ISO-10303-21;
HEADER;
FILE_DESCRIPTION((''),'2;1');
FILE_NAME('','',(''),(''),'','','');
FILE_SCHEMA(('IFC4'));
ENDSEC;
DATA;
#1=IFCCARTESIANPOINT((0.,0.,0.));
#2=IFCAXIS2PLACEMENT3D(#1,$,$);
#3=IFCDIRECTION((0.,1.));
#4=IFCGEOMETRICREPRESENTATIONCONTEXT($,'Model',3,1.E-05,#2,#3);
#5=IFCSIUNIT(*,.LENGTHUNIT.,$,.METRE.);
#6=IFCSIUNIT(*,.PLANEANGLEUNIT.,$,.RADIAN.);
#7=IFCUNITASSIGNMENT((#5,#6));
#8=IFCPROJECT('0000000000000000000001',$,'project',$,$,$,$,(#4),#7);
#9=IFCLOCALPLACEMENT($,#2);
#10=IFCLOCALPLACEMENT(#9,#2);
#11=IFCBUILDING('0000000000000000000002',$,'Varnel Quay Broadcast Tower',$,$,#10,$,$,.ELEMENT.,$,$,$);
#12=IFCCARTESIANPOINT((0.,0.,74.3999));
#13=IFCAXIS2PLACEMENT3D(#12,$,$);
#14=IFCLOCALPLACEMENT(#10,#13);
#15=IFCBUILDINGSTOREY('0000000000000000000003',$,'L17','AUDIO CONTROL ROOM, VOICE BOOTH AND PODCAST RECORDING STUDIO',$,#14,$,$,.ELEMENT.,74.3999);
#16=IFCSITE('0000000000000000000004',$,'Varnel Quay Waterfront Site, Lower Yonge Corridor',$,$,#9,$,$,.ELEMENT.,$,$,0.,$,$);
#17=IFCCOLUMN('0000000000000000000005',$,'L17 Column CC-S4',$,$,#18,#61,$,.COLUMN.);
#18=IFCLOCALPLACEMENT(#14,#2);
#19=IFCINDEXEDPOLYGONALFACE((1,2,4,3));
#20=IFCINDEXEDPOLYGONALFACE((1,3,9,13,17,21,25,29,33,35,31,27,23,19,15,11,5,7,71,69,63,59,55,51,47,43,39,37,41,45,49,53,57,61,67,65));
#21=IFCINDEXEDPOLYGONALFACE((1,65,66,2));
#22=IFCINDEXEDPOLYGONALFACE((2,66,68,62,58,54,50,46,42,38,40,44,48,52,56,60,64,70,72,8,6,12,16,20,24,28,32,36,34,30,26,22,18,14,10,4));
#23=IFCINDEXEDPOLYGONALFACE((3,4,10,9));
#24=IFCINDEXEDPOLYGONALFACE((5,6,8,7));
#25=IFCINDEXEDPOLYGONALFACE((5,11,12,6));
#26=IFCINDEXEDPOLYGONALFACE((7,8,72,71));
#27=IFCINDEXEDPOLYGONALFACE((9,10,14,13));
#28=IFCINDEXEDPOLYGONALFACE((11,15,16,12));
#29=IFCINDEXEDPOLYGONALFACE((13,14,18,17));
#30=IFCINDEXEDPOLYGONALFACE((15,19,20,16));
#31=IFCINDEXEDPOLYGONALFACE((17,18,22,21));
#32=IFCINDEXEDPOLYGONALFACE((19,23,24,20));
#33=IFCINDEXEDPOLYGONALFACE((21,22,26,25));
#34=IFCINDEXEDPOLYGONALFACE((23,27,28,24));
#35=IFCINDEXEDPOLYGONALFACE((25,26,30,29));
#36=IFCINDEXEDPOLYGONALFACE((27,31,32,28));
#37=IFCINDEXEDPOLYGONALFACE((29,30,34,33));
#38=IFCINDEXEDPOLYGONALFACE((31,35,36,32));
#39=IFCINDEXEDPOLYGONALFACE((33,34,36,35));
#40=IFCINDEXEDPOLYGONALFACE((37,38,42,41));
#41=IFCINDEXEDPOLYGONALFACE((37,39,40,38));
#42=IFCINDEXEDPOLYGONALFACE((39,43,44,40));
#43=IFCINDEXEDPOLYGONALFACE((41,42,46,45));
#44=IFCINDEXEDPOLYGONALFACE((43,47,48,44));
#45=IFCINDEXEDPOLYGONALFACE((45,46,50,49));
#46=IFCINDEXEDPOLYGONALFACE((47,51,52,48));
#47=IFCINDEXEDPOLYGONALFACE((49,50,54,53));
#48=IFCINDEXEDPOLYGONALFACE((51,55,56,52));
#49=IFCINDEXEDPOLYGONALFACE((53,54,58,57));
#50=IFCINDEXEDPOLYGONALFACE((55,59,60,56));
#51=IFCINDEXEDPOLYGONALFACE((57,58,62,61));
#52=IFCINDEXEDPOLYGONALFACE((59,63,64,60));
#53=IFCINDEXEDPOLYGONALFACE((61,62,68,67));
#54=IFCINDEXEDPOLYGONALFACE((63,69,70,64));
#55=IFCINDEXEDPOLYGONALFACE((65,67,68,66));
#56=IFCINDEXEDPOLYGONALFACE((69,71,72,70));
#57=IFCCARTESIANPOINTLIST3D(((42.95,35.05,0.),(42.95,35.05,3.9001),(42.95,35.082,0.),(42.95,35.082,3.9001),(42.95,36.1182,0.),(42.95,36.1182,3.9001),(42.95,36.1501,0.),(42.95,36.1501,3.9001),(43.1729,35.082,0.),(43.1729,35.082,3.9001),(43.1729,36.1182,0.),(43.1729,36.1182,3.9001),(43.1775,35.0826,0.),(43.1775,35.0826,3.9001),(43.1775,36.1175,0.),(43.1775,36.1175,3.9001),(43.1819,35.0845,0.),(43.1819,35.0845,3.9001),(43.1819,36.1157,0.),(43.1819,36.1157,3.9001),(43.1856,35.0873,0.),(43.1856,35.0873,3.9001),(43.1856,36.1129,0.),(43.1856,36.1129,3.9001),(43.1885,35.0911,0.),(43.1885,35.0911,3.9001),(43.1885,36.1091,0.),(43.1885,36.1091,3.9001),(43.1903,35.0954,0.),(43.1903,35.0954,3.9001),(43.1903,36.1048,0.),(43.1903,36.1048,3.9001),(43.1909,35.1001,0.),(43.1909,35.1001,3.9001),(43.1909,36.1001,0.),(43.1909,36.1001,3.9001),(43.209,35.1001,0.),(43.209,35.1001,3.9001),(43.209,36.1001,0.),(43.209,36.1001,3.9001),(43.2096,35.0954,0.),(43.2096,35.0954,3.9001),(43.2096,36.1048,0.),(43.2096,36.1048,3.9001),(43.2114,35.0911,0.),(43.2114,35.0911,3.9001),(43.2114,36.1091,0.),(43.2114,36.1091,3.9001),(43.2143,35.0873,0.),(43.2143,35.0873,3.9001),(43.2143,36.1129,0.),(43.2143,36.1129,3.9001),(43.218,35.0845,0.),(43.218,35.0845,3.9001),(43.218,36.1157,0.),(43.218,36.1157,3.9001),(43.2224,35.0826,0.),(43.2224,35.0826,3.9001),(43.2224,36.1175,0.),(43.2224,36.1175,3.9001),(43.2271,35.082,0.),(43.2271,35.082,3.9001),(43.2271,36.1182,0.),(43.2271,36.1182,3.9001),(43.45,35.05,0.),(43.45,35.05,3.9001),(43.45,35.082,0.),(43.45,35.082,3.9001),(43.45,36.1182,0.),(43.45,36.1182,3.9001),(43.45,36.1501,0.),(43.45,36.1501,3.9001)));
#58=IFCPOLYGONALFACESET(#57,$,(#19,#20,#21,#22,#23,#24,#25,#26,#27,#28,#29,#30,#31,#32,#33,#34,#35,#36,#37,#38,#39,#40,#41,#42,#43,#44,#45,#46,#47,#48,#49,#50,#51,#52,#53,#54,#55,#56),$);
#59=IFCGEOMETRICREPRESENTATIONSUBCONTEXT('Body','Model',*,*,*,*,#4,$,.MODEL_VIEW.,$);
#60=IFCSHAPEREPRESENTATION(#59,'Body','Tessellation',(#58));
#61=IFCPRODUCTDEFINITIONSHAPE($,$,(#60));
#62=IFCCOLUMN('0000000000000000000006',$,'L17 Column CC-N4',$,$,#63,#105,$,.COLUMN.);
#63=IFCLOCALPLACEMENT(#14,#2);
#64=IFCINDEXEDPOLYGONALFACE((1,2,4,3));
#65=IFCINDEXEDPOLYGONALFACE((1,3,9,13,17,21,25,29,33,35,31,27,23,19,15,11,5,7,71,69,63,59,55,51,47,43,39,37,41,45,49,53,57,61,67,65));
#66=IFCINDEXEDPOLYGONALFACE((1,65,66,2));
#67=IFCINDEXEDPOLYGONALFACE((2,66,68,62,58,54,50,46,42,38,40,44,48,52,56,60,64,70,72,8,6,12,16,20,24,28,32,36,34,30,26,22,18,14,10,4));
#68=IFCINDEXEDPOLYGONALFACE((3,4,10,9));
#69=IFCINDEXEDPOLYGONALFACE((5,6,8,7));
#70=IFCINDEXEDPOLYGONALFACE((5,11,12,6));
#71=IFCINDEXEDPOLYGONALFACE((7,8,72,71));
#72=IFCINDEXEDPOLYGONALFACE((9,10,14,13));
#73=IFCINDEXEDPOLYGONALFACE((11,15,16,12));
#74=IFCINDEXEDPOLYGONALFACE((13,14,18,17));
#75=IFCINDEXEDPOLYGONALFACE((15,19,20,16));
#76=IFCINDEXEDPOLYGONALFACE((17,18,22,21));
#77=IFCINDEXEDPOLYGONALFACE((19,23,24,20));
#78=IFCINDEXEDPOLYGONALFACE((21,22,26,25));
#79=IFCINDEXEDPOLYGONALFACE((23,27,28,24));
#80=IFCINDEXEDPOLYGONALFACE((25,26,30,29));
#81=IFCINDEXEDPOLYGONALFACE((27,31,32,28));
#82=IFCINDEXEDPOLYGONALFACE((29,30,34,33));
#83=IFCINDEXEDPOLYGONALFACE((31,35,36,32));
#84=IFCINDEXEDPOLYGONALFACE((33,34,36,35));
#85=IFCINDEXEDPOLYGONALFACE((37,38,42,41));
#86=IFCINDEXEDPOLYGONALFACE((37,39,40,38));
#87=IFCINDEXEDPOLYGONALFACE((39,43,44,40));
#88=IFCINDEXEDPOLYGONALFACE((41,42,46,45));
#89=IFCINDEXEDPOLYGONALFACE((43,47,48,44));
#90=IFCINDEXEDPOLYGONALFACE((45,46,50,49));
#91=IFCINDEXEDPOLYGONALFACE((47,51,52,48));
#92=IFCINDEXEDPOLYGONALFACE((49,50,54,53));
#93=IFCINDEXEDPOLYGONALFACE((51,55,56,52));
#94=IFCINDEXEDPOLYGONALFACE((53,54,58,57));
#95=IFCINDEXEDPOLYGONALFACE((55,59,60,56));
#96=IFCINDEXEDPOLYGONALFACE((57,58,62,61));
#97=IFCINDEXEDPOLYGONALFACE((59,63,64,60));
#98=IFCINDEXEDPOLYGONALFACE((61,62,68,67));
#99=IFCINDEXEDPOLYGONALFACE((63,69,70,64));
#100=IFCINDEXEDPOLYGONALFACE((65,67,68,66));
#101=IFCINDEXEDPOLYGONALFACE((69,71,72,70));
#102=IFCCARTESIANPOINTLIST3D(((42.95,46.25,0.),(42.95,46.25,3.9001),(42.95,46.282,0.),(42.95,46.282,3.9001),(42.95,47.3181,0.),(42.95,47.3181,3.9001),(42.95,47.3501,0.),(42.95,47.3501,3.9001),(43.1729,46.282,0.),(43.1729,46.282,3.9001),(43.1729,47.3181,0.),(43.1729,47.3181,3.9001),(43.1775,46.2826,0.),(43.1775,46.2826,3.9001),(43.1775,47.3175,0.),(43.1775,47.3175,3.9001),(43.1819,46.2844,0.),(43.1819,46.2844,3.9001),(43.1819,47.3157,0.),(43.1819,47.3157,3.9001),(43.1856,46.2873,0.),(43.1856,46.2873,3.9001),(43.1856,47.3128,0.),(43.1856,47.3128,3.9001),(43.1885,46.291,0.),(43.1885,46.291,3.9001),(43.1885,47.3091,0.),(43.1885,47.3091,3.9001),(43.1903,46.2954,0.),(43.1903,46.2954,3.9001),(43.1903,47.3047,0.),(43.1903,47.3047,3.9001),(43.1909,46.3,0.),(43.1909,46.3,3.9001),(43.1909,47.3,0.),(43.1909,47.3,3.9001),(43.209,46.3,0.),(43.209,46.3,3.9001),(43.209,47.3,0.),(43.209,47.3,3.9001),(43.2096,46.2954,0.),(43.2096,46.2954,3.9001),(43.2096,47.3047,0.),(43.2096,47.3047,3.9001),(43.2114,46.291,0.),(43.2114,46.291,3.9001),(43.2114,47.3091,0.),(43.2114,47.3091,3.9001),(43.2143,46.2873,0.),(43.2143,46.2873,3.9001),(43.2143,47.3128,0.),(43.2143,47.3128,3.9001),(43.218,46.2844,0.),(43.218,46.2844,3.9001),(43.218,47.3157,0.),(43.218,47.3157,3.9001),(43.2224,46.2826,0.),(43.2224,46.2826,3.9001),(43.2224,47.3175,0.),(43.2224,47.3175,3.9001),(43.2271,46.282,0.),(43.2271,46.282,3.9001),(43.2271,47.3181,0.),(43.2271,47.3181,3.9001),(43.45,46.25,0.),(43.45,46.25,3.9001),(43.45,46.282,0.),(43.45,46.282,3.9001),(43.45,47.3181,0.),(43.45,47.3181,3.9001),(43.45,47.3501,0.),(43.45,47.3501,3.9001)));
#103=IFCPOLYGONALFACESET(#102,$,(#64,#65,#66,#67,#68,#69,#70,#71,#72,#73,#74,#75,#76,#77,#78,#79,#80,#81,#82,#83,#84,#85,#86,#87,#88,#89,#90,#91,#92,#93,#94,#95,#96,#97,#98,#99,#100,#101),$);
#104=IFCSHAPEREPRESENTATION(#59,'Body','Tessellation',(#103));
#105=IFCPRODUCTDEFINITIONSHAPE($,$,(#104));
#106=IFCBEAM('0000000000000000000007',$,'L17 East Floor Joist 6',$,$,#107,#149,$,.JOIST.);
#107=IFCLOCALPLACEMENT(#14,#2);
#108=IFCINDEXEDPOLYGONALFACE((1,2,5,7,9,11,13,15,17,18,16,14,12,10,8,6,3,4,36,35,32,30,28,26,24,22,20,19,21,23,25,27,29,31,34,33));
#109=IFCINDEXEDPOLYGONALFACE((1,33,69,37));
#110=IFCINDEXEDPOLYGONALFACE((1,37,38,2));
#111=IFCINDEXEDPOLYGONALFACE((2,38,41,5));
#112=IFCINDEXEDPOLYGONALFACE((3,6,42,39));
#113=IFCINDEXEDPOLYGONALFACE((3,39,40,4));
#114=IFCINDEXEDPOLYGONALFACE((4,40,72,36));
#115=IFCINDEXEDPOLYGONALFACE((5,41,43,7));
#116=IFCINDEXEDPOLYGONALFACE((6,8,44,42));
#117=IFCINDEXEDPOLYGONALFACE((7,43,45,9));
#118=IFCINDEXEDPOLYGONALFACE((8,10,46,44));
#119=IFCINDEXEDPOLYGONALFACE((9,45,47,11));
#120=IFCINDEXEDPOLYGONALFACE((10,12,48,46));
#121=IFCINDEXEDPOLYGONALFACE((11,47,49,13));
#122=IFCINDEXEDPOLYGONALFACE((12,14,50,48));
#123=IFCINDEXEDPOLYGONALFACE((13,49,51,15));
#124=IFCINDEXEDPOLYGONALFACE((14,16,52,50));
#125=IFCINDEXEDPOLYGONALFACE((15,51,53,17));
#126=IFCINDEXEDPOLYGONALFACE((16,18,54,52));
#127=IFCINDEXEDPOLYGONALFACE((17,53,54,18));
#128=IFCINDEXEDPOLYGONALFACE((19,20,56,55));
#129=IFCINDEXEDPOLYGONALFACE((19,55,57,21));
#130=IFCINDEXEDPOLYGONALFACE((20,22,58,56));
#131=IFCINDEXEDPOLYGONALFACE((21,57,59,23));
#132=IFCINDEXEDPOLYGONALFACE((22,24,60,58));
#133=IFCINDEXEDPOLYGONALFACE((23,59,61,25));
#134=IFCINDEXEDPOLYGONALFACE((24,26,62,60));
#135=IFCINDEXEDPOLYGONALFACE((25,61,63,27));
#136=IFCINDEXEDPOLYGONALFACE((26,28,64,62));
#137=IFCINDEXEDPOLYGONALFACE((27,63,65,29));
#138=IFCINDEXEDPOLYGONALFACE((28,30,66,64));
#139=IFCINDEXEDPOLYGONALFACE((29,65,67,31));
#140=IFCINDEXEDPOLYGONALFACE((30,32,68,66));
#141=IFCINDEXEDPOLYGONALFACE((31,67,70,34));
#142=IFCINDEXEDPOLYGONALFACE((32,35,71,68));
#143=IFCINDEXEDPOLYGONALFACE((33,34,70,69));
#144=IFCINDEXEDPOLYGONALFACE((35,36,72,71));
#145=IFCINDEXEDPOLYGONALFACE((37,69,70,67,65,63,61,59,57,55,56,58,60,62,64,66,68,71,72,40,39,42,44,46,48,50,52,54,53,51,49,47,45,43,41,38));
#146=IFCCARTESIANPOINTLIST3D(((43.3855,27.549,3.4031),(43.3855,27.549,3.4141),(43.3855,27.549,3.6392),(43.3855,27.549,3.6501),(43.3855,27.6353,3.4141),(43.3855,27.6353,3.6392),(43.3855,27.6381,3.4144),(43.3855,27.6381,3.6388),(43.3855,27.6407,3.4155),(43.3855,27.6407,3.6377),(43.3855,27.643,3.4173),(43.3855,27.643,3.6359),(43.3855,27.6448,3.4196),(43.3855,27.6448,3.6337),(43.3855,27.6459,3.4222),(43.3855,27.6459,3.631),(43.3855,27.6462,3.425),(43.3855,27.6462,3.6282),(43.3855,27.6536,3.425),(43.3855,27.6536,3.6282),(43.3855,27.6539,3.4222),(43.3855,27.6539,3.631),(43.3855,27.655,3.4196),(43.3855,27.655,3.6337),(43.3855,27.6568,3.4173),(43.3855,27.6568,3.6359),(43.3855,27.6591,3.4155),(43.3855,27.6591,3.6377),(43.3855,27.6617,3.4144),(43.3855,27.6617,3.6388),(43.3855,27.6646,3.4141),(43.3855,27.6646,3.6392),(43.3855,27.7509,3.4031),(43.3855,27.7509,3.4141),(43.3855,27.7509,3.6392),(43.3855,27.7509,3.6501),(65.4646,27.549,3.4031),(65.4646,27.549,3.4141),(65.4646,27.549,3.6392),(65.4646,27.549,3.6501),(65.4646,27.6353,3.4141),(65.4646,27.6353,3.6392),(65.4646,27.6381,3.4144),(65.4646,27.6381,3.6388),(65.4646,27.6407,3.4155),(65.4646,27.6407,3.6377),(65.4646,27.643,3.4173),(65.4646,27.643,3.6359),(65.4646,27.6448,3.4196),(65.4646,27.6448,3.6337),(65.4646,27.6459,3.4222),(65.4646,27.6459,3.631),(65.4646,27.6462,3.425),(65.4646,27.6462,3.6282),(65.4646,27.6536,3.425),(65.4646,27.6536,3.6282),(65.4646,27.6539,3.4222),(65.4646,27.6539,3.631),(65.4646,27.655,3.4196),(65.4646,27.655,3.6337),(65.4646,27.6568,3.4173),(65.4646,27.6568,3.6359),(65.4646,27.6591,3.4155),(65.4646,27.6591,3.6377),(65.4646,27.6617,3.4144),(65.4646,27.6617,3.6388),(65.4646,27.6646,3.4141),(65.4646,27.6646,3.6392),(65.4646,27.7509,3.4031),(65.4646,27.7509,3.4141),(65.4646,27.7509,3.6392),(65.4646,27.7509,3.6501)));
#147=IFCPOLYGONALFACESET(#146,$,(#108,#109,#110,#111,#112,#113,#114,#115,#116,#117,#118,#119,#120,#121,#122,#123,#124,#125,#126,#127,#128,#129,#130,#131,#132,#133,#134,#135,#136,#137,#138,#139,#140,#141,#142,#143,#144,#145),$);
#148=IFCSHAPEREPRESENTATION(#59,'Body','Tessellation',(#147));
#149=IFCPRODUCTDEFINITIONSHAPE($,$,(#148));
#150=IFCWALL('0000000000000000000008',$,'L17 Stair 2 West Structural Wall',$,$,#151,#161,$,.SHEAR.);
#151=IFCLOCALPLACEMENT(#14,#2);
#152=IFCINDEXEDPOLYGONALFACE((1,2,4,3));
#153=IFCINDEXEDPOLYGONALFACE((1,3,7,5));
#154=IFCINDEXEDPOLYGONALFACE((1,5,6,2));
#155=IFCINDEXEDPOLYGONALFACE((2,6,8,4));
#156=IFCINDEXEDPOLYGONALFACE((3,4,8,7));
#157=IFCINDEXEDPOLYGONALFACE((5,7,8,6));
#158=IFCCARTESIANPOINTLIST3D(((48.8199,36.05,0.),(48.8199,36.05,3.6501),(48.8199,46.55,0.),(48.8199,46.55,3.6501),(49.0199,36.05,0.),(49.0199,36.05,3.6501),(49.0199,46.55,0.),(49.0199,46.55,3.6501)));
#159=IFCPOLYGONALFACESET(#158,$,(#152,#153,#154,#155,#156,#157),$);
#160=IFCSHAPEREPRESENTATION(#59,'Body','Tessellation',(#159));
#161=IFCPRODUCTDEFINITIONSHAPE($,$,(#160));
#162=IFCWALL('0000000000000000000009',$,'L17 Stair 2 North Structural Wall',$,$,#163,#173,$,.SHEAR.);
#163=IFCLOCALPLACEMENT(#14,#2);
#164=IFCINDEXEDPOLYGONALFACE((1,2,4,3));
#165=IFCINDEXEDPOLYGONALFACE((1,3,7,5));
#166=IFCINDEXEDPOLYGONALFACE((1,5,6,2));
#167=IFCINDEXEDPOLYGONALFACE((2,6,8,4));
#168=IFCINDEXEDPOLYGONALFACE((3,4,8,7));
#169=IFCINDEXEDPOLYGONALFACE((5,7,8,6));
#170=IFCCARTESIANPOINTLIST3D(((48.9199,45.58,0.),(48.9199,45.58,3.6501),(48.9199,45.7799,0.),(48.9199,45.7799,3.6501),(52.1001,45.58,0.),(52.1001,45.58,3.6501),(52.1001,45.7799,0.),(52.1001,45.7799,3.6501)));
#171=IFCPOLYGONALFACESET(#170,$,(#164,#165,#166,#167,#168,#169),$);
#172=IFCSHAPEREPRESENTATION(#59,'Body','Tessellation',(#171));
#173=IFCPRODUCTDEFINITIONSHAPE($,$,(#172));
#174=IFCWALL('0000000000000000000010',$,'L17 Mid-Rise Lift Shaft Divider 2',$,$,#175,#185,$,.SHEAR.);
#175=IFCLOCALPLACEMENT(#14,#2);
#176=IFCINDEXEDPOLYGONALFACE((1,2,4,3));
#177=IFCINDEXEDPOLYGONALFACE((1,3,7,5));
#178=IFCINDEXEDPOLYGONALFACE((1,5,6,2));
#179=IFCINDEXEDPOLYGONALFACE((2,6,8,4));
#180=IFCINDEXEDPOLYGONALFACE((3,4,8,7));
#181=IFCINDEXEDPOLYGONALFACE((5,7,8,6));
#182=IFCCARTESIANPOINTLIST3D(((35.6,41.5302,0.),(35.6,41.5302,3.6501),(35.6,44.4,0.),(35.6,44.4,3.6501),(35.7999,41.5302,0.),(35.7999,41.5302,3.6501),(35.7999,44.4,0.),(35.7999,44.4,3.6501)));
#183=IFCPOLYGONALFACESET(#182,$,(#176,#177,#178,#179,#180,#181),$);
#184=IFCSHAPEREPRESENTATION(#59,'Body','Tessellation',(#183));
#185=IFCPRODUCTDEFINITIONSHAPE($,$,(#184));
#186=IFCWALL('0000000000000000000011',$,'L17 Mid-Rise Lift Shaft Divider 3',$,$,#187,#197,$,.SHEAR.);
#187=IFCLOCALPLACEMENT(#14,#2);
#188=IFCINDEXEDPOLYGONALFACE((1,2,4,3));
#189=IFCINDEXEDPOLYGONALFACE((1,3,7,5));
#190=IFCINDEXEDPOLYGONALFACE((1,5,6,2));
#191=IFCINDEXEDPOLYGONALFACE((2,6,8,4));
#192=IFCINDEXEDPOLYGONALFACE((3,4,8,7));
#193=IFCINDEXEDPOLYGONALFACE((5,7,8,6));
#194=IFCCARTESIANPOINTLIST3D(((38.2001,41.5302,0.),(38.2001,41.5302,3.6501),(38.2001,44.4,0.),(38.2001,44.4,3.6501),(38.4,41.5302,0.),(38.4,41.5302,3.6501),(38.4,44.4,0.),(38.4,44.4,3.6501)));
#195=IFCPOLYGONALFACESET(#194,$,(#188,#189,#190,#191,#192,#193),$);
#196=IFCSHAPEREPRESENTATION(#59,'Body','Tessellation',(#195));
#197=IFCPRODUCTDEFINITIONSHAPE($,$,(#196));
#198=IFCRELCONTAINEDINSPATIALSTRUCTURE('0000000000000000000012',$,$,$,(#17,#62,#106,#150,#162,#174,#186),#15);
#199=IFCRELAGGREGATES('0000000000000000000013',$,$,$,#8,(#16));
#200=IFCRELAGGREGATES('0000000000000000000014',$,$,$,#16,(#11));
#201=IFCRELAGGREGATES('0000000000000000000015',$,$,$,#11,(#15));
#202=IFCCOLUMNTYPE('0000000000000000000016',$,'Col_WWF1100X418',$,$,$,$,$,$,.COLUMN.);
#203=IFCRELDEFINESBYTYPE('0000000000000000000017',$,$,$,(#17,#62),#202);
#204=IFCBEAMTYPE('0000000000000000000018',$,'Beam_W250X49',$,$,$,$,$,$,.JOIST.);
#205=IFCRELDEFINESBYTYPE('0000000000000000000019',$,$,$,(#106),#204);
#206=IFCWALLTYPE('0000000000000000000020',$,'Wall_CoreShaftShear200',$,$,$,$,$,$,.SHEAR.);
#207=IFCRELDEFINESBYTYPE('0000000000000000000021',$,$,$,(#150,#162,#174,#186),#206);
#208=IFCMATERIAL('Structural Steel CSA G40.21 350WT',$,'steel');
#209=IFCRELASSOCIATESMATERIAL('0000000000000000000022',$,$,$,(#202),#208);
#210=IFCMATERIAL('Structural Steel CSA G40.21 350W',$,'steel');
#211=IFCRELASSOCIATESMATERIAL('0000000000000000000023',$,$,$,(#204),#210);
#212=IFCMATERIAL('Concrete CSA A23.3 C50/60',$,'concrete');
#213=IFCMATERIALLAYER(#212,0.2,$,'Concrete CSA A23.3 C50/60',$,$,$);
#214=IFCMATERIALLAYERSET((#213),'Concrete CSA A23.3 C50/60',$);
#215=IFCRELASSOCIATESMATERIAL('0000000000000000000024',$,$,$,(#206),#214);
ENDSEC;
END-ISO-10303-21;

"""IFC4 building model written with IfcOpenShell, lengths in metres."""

from ifc_helpers import new_model, si_unit, direction, frame, frame_2d, origin, origin_2d, place, context, subcontext, project, spatial, rectangle, i_section, extrude, source, transform, mapped, material, layer, layer_set, material_profile, profile_set, type_object, type_shapes, element, save


model = new_model("IFC4")

# Units and contexts
model_context = context("Model", 3, precision=1e-05, world=origin(), true_north=direction((0.0, 1.0)))
body_context = subcontext(model_context, "Body", "Model", "MODEL_VIEW")
ifc_project = project(units=[si_unit("LENGTHUNIT", "METRE"), si_unit("PLANEANGLEUNIT", "RADIAN")], contexts=[model_context])

# Site, building, storey
site_placement = place(None, origin())
site = spatial("IfcSite", under=ifc_project, at=site_placement, Name="Varnel Quay Waterfront Site, Lower Yonge Corridor", CompositionType="ELEMENT", RefElevation=0.0)
building_placement = place(site_placement, origin())
building = spatial("IfcBuilding", under=site, at=building_placement, Name="Varnel Quay Broadcast Tower", CompositionType="ELEMENT")
storey_placement = place(building_placement, frame((0.0, 0.0, 74.3999)))
storey = spatial("IfcBuildingStorey", under=building, at=storey_placement, Name="L17", Description="AUDIO CONTROL ROOM, VOICE BOOTH AND PODCAST RECORDING STUDIO", CompositionType="ELEMENT", Elevation=74.3999)

# Columns
ifc_material_1 = material(Name="Structural Steel CSA G40.21 350WT", Category="steel")
ifc_material_profile_1 = material_profile(ifc_material_1, i_section(OverallWidth=0.5, OverallDepth=1.1001, WebThickness=0.0181, FlangeThickness=0.032, FilletRadius=0.0181, at=origin_2d()), Name="WWF1100X418")
ifc_profile_set_1 = profile_set([ifc_material_profile_1], Name="Structural Steel CSA G40.21 350WT")
column_type = type_object("IfcColumnType", Name="Col_WWF1100X418", PredefinedType="COLUMN", material=ifc_profile_set_1)
shared_shape_1 = source(origin(), body_context, "Body", "SweptSolid", [
    extrude(i_section(OverallWidth=0.5, OverallDepth=1.1001, WebThickness=0.0181, FlangeThickness=0.032, FilletRadius=0.0181, at=origin_2d()), origin(), (0.0, 0.0, 1.0), 3.9001),
])
type_shapes(column_type, [shared_shape_1])
for number, where, z_axis, x_axis, name in (
    (1, (43.2, 35.6001, 0.0), (0.0, 0.0, 1.0), (1.0, 0.0, 0.0), "L17 Column CC-S4"),
    (2, (43.2, 46.8, 0.0), (0.0, 0.0, 1.0), (1.0, 0.0, 0.0), "L17 Column CC-N4"),
):
    element("IfcColumn", number, at=place(storey_placement, frame(where, z_axis=z_axis, x_axis=x_axis)), inside=storey, type_object=column_type, Name=name, PredefinedType="COLUMN", context=body_context, shape_type="MappedRepresentation", body=[
        mapped(shared_shape_1, transform((0.0, 0.0, 0.0), x_axis=(1.0, 0.0, 0.0), y_axis=(0.0, 1.0, 0.0), z_axis=(0.0, 0.0, 1.0), scale=1.0)),
    ])

# Beam
ifc_material_2 = material(Name="Structural Steel CSA G40.21 350W", Category="steel")
ifc_material_profile_2 = material_profile(ifc_material_2, i_section(OverallWidth=0.2019, OverallDepth=0.2471, WebThickness=0.0073, FlangeThickness=0.011, FilletRadius=0.011, at=origin_2d()), Name="W250X49")
ifc_profile_set_2 = profile_set([ifc_material_profile_2], Name="Structural Steel CSA G40.21 350W")
beam_type = type_object("IfcBeamType", Name="Beam_W250X49", PredefinedType="JOIST", material=ifc_profile_set_2)
shared_shape_2 = source(origin(), body_context, "Body", "SweptSolid", [
    extrude(i_section(OverallWidth=0.2019, OverallDepth=0.2471, WebThickness=0.0073, FlangeThickness=0.011, FilletRadius=0.011, at=origin_2d()), origin(), (0.0, 0.0, 1.0), 22.0791),
])
type_shapes(beam_type, [shared_shape_2])
beam_placement = place(storey_placement, frame((43.3855, 27.6499, 3.5266), z_axis=(1.0, 0.0, 0.0), x_axis=(0.0, 1.0, 0.0)))
element("IfcBeam", 3, at=beam_placement, inside=storey, type_object=beam_type, Name="L17 East Floor Joist 6", PredefinedType="JOIST", context=body_context, shape_type="MappedRepresentation", body=[
    mapped(shared_shape_2, transform((0.0, 0.0, 0.0), x_axis=(1.0, 0.0, 0.0), y_axis=(0.0, 1.0, 0.0), z_axis=(0.0, 0.0, 1.0), scale=1.0)),
])

# Walls
ifc_material_3 = material(Name="Concrete CSA A23.3 C50/60", Category="concrete")
ifc_layer_1 = layer(ifc_material_3, 0.2, Name="Concrete CSA A23.3 C50/60")
ifc_layer_set_1 = layer_set([ifc_layer_1], Name="Concrete CSA A23.3 C50/60")
wall_type_1 = type_object("IfcWallType", Name="Wall_CoreShaftShear200", PredefinedType="SHEAR", material=ifc_layer_set_1)
wall_1_placement = place(storey_placement, frame((48.9199, 36.05, 0.0), z_axis=(0.0, 0.0, 1.0), x_axis=(0.0, 1.0, 0.0)))
element("IfcWall", 4, at=wall_1_placement, inside=storey, type_object=wall_type_1, Name="L17 Stair 2 West Structural Wall", PredefinedType="SHEAR", context=body_context, shape_type="SweptSolid", body=[
    extrude(rectangle(XDim=10.5, YDim=0.2, at=frame_2d((5.25, 0.0))), origin(), (0.0, 0.0, 1.0), 3.6501),
])
wall_2_placement = place(storey_placement, frame((48.9199, 45.6799, 0.0), z_axis=(0.0, 0.0, 1.0), x_axis=(1.0, 0.0, 0.0)))
element("IfcWall", 5, at=wall_2_placement, inside=storey, type_object=wall_type_1, Name="L17 Stair 2 North Structural Wall", PredefinedType="SHEAR", context=body_context, shape_type="SweptSolid", body=[
    extrude(rectangle(XDim=3.1802, YDim=0.2, at=frame_2d((1.5901, 0.0))), origin(), (0.0, 0.0, 1.0), 3.6501),
])
for number, where, z_axis, x_axis, name in (
    (6, (35.7, 41.53, 0.0), (0.0, 0.0, 1.0), (0.0, 1.0, 0.0), "L17 Mid-Rise Lift Shaft Divider 2"),
    (7, (38.3, 41.53, 0.0), (0.0, 0.0, 1.0), (0.0, 1.0, 0.0), "L17 Mid-Rise Lift Shaft Divider 3"),
):
    element("IfcWall", number, at=place(storey_placement, frame(where, z_axis=z_axis, x_axis=x_axis)), inside=storey, type_object=wall_type_1, Name=name, PredefinedType="SHEAR", context=body_context, shape_type="SweptSolid", body=[
        extrude(rectangle(XDim=2.8699, YDim=0.2, at=frame_2d((1.4351, 0.0))), origin(), (0.0, 0.0, 1.0), 3.6501),
    ])

save(model, "model.ifc")
